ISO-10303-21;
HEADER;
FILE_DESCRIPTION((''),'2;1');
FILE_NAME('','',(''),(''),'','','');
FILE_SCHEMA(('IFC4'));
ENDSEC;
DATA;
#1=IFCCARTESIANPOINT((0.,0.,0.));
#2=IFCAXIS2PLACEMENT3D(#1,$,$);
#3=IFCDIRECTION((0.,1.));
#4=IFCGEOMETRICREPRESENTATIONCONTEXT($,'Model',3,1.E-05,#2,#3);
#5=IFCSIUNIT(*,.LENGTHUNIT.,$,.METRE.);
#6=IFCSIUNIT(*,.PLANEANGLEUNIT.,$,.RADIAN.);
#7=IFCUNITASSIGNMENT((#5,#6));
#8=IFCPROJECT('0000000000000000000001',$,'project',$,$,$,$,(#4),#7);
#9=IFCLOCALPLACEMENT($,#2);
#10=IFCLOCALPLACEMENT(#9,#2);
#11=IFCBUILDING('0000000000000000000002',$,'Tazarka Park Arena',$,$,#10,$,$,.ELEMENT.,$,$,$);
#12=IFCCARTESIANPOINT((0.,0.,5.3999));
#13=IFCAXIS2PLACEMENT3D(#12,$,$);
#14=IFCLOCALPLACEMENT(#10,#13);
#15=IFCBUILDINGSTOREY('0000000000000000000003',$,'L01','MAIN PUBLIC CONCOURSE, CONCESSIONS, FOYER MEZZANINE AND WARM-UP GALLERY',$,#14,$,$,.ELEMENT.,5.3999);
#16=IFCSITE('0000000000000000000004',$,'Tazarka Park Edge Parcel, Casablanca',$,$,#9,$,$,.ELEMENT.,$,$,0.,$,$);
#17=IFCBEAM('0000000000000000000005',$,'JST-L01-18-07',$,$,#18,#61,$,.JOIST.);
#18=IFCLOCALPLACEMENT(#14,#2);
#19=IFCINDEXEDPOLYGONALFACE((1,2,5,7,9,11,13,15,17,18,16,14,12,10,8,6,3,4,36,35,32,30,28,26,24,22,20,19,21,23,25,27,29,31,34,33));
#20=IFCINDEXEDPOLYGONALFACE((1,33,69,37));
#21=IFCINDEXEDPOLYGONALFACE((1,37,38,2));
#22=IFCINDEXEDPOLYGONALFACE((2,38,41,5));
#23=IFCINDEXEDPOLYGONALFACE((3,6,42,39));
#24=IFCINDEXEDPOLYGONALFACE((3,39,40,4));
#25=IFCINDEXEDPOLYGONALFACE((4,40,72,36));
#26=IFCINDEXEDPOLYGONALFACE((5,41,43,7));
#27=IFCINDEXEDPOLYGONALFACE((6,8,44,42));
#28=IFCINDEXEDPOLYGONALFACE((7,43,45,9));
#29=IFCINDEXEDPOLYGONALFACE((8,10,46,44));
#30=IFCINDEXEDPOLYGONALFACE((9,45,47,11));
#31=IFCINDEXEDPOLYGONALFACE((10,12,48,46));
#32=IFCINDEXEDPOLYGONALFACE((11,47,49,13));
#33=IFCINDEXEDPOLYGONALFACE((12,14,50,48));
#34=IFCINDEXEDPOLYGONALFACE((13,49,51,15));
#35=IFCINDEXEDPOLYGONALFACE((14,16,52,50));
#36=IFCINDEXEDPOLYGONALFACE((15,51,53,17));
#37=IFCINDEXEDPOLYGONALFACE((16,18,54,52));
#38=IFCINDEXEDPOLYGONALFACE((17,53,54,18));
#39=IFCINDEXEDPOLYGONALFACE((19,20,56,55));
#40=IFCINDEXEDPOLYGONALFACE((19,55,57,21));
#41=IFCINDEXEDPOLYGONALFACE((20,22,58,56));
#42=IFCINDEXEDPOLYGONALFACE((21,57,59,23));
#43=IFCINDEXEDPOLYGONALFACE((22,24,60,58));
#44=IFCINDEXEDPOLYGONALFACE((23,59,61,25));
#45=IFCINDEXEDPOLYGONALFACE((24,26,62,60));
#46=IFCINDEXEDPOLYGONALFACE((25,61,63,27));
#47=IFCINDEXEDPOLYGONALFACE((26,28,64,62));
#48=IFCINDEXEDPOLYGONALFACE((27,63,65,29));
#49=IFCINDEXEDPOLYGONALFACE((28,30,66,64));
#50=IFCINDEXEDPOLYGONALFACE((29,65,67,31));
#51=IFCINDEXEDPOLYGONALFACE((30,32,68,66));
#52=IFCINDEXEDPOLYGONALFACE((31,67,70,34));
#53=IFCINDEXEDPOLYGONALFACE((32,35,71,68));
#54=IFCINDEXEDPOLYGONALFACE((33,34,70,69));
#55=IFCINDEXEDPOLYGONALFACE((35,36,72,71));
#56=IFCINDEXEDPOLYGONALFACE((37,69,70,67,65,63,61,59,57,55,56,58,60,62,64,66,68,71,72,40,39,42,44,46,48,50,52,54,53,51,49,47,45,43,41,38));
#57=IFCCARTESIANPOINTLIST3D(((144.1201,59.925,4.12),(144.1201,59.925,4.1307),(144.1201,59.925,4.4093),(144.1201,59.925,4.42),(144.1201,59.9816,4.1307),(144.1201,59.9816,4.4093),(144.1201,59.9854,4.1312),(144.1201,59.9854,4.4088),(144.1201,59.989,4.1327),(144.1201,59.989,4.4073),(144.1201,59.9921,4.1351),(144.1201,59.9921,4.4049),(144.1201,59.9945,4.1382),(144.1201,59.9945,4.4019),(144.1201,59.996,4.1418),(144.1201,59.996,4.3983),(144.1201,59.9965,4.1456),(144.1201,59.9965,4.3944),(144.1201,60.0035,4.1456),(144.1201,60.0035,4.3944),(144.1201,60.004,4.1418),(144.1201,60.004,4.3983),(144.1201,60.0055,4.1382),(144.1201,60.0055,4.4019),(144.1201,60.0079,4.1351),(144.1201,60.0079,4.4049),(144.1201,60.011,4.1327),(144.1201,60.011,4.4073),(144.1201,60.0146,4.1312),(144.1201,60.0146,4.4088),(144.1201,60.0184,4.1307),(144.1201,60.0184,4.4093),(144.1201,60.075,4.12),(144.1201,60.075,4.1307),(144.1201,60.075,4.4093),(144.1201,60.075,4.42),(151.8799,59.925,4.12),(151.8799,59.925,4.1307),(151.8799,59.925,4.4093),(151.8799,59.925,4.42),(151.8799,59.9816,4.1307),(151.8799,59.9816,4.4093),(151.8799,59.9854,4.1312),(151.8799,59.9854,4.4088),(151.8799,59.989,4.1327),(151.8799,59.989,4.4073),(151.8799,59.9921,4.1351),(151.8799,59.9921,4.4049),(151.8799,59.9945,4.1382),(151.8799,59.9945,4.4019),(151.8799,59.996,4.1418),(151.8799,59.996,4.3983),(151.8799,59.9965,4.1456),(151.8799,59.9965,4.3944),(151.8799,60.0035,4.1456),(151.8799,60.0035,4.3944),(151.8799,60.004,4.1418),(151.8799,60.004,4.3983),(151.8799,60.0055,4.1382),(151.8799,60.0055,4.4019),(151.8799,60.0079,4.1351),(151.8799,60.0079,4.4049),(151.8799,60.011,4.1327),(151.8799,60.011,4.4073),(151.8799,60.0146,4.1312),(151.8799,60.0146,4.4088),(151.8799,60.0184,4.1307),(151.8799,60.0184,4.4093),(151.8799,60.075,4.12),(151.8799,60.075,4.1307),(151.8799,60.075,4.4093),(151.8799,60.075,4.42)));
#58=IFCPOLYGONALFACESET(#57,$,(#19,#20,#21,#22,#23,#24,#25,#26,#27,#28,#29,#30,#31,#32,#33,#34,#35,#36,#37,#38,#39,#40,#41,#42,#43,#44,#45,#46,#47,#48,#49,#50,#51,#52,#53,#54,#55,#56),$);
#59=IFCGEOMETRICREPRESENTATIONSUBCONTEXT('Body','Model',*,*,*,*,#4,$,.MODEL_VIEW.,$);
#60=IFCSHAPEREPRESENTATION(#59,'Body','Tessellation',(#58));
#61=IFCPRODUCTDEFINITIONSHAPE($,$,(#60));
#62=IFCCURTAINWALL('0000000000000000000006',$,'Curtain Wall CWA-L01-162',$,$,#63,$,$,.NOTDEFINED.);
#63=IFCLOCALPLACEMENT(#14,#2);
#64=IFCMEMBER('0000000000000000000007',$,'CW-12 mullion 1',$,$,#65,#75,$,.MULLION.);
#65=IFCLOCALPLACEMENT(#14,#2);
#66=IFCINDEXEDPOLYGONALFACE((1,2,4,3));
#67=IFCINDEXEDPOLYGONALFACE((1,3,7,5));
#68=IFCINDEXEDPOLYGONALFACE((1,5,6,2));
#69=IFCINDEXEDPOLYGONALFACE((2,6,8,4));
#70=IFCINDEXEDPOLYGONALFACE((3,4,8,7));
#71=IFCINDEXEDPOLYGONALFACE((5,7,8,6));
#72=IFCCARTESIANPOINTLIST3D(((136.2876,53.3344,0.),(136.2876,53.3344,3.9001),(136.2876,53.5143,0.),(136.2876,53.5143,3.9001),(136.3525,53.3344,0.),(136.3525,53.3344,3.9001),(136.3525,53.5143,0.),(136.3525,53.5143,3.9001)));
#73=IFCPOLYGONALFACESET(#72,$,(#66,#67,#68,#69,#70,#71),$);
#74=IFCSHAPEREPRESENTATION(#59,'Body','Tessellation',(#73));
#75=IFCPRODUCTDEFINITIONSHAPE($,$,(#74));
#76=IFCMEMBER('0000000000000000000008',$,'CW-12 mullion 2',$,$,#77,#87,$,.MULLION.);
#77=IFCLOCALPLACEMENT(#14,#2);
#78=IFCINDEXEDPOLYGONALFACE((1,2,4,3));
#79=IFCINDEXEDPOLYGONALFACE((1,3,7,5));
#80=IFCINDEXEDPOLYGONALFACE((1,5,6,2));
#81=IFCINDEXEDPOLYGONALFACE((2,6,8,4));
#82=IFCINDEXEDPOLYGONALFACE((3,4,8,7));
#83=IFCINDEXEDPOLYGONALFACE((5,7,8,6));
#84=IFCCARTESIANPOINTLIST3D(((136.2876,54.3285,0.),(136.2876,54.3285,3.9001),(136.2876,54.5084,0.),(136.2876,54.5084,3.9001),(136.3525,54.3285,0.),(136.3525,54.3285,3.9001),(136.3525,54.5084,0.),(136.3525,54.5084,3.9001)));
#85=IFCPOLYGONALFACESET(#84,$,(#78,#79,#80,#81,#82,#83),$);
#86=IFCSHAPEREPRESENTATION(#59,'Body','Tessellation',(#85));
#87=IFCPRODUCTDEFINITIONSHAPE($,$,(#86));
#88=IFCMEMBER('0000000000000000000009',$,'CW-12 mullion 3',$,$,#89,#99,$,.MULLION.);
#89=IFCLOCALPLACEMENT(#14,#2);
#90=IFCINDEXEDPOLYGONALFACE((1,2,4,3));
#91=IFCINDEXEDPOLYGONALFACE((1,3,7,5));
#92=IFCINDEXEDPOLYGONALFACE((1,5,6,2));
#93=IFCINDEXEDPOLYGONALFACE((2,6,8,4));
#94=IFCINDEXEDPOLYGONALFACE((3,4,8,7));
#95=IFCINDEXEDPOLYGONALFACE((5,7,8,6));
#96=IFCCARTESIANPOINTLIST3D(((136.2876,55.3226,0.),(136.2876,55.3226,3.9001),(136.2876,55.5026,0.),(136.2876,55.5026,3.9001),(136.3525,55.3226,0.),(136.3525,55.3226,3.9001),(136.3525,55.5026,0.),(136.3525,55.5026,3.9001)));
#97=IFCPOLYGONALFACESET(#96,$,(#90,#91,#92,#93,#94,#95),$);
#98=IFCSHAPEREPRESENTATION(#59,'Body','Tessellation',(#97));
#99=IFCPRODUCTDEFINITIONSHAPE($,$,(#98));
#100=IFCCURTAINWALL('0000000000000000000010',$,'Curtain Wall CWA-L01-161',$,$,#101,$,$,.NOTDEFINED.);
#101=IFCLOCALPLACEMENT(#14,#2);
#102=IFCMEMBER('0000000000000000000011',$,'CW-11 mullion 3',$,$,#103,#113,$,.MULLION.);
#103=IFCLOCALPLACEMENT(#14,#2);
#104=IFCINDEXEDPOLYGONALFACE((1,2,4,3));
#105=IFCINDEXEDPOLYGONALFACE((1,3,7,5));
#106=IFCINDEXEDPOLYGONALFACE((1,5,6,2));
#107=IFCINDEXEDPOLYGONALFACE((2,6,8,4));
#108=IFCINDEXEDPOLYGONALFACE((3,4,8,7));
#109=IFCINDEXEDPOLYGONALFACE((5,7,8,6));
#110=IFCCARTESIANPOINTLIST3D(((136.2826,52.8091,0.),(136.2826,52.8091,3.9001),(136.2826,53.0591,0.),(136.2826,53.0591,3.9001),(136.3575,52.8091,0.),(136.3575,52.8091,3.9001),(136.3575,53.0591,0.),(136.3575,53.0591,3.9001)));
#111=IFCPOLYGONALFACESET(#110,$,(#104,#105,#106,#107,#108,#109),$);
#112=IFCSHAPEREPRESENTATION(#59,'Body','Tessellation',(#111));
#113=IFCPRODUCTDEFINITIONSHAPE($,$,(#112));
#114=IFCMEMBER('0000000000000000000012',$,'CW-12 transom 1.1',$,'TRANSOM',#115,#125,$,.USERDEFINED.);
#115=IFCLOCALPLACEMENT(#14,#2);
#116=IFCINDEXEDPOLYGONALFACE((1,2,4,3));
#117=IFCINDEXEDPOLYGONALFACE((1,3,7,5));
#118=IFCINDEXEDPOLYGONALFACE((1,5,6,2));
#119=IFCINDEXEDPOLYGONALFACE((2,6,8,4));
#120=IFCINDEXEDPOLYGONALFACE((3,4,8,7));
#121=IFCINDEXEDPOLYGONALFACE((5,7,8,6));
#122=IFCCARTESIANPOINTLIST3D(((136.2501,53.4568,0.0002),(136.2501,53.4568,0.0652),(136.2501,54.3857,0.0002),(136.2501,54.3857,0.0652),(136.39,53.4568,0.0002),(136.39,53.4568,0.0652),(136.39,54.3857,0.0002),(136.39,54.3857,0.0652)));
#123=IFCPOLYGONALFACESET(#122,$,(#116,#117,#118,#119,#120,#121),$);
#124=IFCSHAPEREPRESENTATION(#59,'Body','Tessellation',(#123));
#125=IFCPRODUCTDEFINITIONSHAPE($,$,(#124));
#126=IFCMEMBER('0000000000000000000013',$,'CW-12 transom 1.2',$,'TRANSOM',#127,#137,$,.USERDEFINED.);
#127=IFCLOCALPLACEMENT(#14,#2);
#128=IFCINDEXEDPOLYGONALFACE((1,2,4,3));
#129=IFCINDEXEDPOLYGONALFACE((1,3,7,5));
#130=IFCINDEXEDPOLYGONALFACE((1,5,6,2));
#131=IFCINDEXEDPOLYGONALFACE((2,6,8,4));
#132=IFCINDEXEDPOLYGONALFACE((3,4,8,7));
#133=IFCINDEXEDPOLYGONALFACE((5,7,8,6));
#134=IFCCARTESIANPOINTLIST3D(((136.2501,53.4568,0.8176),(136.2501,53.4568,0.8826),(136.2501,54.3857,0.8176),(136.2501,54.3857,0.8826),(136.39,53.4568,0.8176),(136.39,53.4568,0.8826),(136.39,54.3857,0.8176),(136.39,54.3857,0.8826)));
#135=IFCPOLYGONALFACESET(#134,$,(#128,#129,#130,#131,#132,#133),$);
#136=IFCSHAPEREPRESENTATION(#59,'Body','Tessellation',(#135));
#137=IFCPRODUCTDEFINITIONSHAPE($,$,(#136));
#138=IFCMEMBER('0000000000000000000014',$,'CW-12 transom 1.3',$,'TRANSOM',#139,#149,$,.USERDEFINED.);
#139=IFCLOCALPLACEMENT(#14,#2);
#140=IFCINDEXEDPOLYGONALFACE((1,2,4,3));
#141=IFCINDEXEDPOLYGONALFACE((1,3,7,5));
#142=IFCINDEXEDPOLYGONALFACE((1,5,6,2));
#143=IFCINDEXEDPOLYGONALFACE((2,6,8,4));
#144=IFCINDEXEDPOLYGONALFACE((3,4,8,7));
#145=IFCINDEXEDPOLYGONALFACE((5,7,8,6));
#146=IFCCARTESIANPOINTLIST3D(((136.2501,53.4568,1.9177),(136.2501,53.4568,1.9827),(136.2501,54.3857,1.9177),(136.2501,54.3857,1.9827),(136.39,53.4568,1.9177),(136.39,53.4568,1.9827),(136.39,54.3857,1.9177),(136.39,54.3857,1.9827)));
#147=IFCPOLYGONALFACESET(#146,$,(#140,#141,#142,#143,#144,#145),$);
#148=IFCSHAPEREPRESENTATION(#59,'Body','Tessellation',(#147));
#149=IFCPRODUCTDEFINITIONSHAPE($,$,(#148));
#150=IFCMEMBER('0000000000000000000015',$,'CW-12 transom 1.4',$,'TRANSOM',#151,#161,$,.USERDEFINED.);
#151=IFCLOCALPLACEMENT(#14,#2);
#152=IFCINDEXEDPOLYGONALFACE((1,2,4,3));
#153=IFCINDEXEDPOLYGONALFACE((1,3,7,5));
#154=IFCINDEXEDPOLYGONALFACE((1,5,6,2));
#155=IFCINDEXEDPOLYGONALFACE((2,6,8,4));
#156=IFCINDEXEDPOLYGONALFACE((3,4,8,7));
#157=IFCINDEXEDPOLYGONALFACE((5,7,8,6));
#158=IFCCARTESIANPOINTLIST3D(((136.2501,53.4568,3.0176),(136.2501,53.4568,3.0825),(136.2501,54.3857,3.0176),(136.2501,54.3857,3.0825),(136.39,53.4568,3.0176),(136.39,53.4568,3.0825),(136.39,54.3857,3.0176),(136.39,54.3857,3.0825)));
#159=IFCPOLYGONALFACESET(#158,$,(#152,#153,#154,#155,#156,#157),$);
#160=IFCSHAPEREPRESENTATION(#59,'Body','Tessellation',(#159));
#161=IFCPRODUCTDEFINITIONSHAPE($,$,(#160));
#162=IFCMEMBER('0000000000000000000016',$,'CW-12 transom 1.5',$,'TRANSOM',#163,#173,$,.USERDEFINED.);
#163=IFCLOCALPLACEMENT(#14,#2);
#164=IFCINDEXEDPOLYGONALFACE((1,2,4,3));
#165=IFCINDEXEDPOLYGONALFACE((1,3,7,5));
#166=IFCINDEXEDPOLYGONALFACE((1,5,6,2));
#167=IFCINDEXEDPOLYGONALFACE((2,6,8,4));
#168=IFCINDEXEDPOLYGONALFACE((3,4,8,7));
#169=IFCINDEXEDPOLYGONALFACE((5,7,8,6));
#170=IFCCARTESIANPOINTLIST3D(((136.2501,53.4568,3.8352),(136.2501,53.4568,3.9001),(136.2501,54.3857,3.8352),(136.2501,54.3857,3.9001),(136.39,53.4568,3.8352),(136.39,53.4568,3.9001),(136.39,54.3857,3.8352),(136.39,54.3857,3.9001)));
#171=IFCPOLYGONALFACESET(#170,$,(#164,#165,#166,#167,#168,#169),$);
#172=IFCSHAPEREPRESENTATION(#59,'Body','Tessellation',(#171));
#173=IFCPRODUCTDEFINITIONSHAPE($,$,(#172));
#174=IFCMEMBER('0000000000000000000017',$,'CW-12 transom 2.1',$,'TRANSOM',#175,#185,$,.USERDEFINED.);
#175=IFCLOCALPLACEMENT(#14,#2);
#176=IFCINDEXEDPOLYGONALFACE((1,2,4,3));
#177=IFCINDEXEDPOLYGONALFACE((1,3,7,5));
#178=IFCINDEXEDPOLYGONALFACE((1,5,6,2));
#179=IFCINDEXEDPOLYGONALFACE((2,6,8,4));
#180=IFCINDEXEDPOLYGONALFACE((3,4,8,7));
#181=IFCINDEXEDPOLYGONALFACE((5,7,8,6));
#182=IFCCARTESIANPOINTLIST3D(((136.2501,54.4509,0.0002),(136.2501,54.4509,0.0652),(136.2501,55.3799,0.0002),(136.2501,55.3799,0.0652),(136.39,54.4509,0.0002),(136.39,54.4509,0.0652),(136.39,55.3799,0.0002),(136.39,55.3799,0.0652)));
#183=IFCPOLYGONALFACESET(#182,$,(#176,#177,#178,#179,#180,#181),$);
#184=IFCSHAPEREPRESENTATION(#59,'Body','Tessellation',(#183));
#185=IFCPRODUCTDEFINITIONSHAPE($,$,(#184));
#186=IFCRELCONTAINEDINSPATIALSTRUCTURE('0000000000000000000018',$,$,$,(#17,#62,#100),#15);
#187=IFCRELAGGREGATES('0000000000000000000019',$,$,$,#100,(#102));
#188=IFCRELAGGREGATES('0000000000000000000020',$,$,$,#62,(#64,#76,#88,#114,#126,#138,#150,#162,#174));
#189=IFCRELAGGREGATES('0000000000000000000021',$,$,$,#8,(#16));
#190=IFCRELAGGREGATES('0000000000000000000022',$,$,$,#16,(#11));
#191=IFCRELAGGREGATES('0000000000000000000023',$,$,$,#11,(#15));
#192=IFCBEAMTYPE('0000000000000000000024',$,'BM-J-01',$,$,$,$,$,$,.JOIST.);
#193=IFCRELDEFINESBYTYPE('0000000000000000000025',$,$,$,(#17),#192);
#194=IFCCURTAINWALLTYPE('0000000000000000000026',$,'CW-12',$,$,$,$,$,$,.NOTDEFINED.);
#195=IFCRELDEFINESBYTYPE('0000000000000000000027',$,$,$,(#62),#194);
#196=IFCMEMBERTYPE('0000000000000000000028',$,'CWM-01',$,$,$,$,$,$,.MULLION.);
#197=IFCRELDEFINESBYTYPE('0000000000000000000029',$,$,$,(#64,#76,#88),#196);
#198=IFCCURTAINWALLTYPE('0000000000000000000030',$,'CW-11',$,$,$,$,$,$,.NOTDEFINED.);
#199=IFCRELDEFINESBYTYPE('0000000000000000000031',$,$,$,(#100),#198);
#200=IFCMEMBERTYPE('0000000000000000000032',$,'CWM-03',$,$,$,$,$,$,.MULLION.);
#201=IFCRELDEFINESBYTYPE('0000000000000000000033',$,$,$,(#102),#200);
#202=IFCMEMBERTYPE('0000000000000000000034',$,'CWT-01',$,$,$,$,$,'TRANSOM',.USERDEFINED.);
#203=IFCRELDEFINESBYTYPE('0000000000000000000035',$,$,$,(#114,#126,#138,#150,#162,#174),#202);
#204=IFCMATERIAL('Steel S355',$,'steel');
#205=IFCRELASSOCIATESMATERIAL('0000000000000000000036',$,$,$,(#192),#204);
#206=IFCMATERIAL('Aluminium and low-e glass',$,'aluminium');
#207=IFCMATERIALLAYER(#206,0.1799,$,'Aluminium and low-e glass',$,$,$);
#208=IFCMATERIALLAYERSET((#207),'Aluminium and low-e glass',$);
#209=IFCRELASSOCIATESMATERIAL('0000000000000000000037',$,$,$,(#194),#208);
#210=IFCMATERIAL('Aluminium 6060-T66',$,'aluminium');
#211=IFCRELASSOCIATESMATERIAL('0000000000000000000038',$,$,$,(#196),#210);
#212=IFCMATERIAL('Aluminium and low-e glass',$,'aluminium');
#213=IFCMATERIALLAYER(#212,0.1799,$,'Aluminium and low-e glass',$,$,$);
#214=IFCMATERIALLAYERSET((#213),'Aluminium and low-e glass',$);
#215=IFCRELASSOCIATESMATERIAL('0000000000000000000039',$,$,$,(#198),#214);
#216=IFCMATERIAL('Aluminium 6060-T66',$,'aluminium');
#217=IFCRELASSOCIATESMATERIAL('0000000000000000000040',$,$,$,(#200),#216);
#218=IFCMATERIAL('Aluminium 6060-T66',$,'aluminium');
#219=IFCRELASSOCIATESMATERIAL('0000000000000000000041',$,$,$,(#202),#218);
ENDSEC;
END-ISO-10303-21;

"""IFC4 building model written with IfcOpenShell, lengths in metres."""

from ifc_helpers import new_model, si_unit, direction, frame, origin, origin_2d, place, context, subcontext, project, spatial, rectangle, i_section, extrude, material, layer, layer_set, material_profile, profile_set, type_object, element, aggregate, save


model = new_model("IFC4")

# Units and contexts
model_context = context("Model", 3, precision=1e-05, world=origin(), true_north=direction((0.0, 1.0)))
body_context = subcontext(model_context, "Body", "Model", "MODEL_VIEW")
ifc_project = project(units=[si_unit("LENGTHUNIT", "METRE"), si_unit("PLANEANGLEUNIT", "RADIAN")], contexts=[model_context])

# Site, building, storey
site_placement = place(None, origin())
site = spatial("IfcSite", under=ifc_project, at=site_placement, Name="Tazarka Park Edge Parcel, Casablanca", CompositionType="ELEMENT", RefElevation=0.0)
building_placement = place(site_placement, origin())
building = spatial("IfcBuilding", under=site, at=building_placement, Name="Tazarka Park Arena", CompositionType="ELEMENT")
storey_placement = place(building_placement, frame((0.0, 0.0, 5.3999)))
storey = spatial("IfcBuildingStorey", under=building, at=storey_placement, Name="L01", Description="MAIN PUBLIC CONCOURSE, CONCESSIONS, FOYER MEZZANINE AND WARM-UP GALLERY", CompositionType="ELEMENT", Elevation=5.3999)

# Beam
ifc_material_1 = material(Name="Steel S355", Category="steel")
ifc_material_profile_1 = material_profile(ifc_material_1, i_section(OverallWidth=0.1499, OverallDepth=0.3, WebThickness=0.0071, FlangeThickness=0.0107, FilletRadius=0.0149, at=origin_2d()), Name="Steel S355")
ifc_profile_set_1 = profile_set([ifc_material_profile_1], Name="Steel S355")
beam_type_1 = type_object("IfcBeamType", Name="BM-J-01", PredefinedType="JOIST", material=ifc_profile_set_1)
beam_1_placement = place(storey_placement, frame((144.1201, 60.0, 4.27), z_axis=(1.0, 0.0, 0.0), x_axis=(0.0, 1.0, 0.0)))
element("IfcBeam", 1, at=beam_1_placement, inside=storey, type_object=beam_type_1, Name="JST-L01-18-07", PredefinedType="JOIST", context=body_context, shape_type="SweptSolid", body=[
    extrude(i_section(OverallWidth=0.1499, OverallDepth=0.3, WebThickness=0.0071, FlangeThickness=0.0107, FilletRadius=0.0149, at=origin_2d()), origin(), (0.0, 0.0, 1.0), 7.7598),
])

# Curtain wall, members
ifc_material_2 = material(Name="Aluminium and low-e glass", Category="aluminium")
ifc_layer_1 = layer(ifc_material_2, 0.1799, Name="Aluminium and low-e glass")
ifc_layer_set_1 = layer_set([ifc_layer_1], Name="Aluminium and low-e glass")
curtain_wall_type_1 = type_object("IfcCurtainWallType", Name="CW-12", PredefinedType="NOTDEFINED", material=ifc_layer_set_1)
curtain_wall_1_placement = place(storey_placement, origin())
curtain_wall_1 = element("IfcCurtainWall", 2, at=curtain_wall_1_placement, inside=storey, type_object=curtain_wall_type_1, Name="Curtain Wall CWA-L01-162", PredefinedType="NOTDEFINED")
ifc_material_3 = material(Name="Aluminium 6060-T66", Category="aluminium")
ifc_material_profile_2 = material_profile(ifc_material_3, rectangle(XDim=0.0649, YDim=0.1799, at=origin_2d()), Name="Aluminium 6060-T66")
ifc_profile_set_2 = profile_set([ifc_material_profile_2], Name="Aluminium 6060-T66")
member_type_1 = type_object("IfcMemberType", Name="CWM-01", PredefinedType="MULLION", material=ifc_profile_set_2)
member_1_placement = place(storey_placement, frame((136.3201, 53.4243, 0.0), z_axis=(0.0, 0.0, 1.0), x_axis=(-1.0, 0.0, 0.0)))
member_1 = element("IfcMember", 3, at=member_1_placement, type_object=member_type_1, Name="CW-12 mullion 1", PredefinedType="MULLION", context=body_context, shape_type="SweptSolid", body=[
    extrude(rectangle(XDim=0.0649, YDim=0.1799, at=origin_2d()), origin(), (0.0, 0.0, 1.0), 3.9001),
])
member_2_placement = place(storey_placement, frame((136.3201, 54.4185, 0.0), z_axis=(0.0, 0.0, 1.0), x_axis=(-1.0, 0.0, 0.0)))
member_2 = element("IfcMember", 4, at=member_2_placement, type_object=member_type_1, Name="CW-12 mullion 2", PredefinedType="MULLION", context=body_context, shape_type="SweptSolid", body=[
    extrude(rectangle(XDim=0.0649, YDim=0.1799, at=origin_2d()), origin(), (0.0, 0.0, 1.0), 3.9001),
])
member_3_placement = place(storey_placement, frame((136.3201, 55.4126, 0.0), z_axis=(0.0, 0.0, 1.0), x_axis=(-1.0, 0.0, 0.0)))
member_3 = element("IfcMember", 5, at=member_3_placement, type_object=member_type_1, Name="CW-12 mullion 3", PredefinedType="MULLION", context=body_context, shape_type="SweptSolid", body=[
    extrude(rectangle(XDim=0.0649, YDim=0.1799, at=origin_2d()), origin(), (0.0, 0.0, 1.0), 3.9001),
])

# Curtain wall, member
ifc_material_4 = material(Name="Aluminium and low-e glass", Category="aluminium")
ifc_layer_2 = layer(ifc_material_4, 0.1799, Name="Aluminium and low-e glass")
ifc_layer_set_2 = layer_set([ifc_layer_2], Name="Aluminium and low-e glass")
curtain_wall_type_2 = type_object("IfcCurtainWallType", Name="CW-11", PredefinedType="NOTDEFINED", material=ifc_layer_set_2)
curtain_wall_2_placement = place(storey_placement, origin())
curtain_wall_2 = element("IfcCurtainWall", 6, at=curtain_wall_2_placement, inside=storey, type_object=curtain_wall_type_2, Name="Curtain Wall CWA-L01-161", PredefinedType="NOTDEFINED")
ifc_material_5 = material(Name="Aluminium 6060-T66", Category="aluminium")
ifc_material_profile_3 = material_profile(ifc_material_5, rectangle(XDim=0.075, YDim=0.25, at=origin_2d()), Name="Aluminium 6060-T66")
ifc_profile_set_3 = profile_set([ifc_material_profile_3], Name="Aluminium 6060-T66")
member_type_2 = type_object("IfcMemberType", Name="CWM-03", PredefinedType="MULLION", material=ifc_profile_set_3)
member_4_placement = place(storey_placement, frame((136.3201, 52.9341, 0.0), z_axis=(0.0, 0.0, 1.0), x_axis=(-1.0, 0.0, 0.0)))
member_4 = element("IfcMember", 7, at=member_4_placement, type_object=member_type_2, Name="CW-11 mullion 3", PredefinedType="MULLION", context=body_context, shape_type="SweptSolid", body=[
    extrude(rectangle(XDim=0.075, YDim=0.25, at=origin_2d()), origin(), (0.0, 0.0, 1.0), 3.9001),
])
aggregate(curtain_wall_2, [member_4])

# Members
ifc_material_6 = material(Name="Aluminium 6060-T66", Category="aluminium")
ifc_material_profile_4 = material_profile(ifc_material_6, rectangle(XDim=0.1399, YDim=0.0649, at=origin_2d()), Name="Aluminium 6060-T66")
ifc_profile_set_4 = profile_set([ifc_material_profile_4], Name="Aluminium 6060-T66")
member_type_3 = type_object("IfcMemberType", Name="CWT-01", ElementType="TRANSOM", PredefinedType="USERDEFINED", material=ifc_profile_set_4)
member_5_placement = place(storey_placement, frame((136.3201, 53.4568, 0.0327), z_axis=(0.0, 1.0, 0.0), x_axis=(-1.0, 0.0, 0.0)))
member_5 = element("IfcMember", 8, at=member_5_placement, type_object=member_type_3, Name="CW-12 transom 1.1", ObjectType="TRANSOM", PredefinedType="USERDEFINED", context=body_context, shape_type="SweptSolid", body=[
    extrude(rectangle(XDim=0.1399, YDim=0.0649, at=origin_2d()), origin(), (0.0, 0.0, 1.0), 0.929),
])
member_6_placement = place(storey_placement, frame((136.3201, 53.4568, 0.8501), z_axis=(0.0, 1.0, 0.0), x_axis=(-1.0, 0.0, 0.0)))
member_6 = element("IfcMember", 9, at=member_6_placement, type_object=member_type_3, Name="CW-12 transom 1.2", ObjectType="TRANSOM", PredefinedType="USERDEFINED", context=body_context, shape_type="SweptSolid", body=[
    extrude(rectangle(XDim=0.1399, YDim=0.0649, at=origin_2d()), origin(), (0.0, 0.0, 1.0), 0.929),
])
member_7_placement = place(storey_placement, frame((136.3201, 53.4568, 1.9502), z_axis=(0.0, 1.0, 0.0), x_axis=(-1.0, 0.0, 0.0)))
member_7 = element("IfcMember", 10, at=member_7_placement, type_object=member_type_3, Name="CW-12 transom 1.3", ObjectType="TRANSOM", PredefinedType="USERDEFINED", context=body_context, shape_type="SweptSolid", body=[
    extrude(rectangle(XDim=0.1399, YDim=0.0649, at=origin_2d()), origin(), (0.0, 0.0, 1.0), 0.929),
])
member_8_placement = place(storey_placement, frame((136.3201, 53.4568, 3.05), z_axis=(0.0, 1.0, 0.0), x_axis=(-1.0, 0.0, 0.0)))
member_8 = element("IfcMember", 11, at=member_8_placement, type_object=member_type_3, Name="CW-12 transom 1.4", ObjectType="TRANSOM", PredefinedType="USERDEFINED", context=body_context, shape_type="SweptSolid", body=[
    extrude(rectangle(XDim=0.1399, YDim=0.0649, at=origin_2d()), origin(), (0.0, 0.0, 1.0), 0.929),
])
member_9_placement = place(storey_placement, frame((136.3201, 53.4568, 3.8677), z_axis=(0.0, 1.0, 0.0), x_axis=(-1.0, 0.0, 0.0)))
member_9 = element("IfcMember", 12, at=member_9_placement, type_object=member_type_3, Name="CW-12 transom 1.5", ObjectType="TRANSOM", PredefinedType="USERDEFINED", context=body_context, shape_type="SweptSolid", body=[
    extrude(rectangle(XDim=0.1399, YDim=0.0649, at=origin_2d()), origin(), (0.0, 0.0, 1.0), 0.929),
])
member_10_placement = place(storey_placement, frame((136.3201, 54.4509, 0.0327), z_axis=(0.0, 1.0, 0.0), x_axis=(-1.0, 0.0, 0.0)))
member_10 = element("IfcMember", 13, at=member_10_placement, type_object=member_type_3, Name="CW-12 transom 2.1", ObjectType="TRANSOM", PredefinedType="USERDEFINED", context=body_context, shape_type="SweptSolid", body=[
    extrude(rectangle(XDim=0.1399, YDim=0.0649, at=origin_2d()), origin(), (0.0, 0.0, 1.0), 0.929),
])

aggregate(curtain_wall_1, [member_1, member_2, member_3, member_5, member_6, member_7, member_8, member_9, member_10])

save(model, "model.ifc")
